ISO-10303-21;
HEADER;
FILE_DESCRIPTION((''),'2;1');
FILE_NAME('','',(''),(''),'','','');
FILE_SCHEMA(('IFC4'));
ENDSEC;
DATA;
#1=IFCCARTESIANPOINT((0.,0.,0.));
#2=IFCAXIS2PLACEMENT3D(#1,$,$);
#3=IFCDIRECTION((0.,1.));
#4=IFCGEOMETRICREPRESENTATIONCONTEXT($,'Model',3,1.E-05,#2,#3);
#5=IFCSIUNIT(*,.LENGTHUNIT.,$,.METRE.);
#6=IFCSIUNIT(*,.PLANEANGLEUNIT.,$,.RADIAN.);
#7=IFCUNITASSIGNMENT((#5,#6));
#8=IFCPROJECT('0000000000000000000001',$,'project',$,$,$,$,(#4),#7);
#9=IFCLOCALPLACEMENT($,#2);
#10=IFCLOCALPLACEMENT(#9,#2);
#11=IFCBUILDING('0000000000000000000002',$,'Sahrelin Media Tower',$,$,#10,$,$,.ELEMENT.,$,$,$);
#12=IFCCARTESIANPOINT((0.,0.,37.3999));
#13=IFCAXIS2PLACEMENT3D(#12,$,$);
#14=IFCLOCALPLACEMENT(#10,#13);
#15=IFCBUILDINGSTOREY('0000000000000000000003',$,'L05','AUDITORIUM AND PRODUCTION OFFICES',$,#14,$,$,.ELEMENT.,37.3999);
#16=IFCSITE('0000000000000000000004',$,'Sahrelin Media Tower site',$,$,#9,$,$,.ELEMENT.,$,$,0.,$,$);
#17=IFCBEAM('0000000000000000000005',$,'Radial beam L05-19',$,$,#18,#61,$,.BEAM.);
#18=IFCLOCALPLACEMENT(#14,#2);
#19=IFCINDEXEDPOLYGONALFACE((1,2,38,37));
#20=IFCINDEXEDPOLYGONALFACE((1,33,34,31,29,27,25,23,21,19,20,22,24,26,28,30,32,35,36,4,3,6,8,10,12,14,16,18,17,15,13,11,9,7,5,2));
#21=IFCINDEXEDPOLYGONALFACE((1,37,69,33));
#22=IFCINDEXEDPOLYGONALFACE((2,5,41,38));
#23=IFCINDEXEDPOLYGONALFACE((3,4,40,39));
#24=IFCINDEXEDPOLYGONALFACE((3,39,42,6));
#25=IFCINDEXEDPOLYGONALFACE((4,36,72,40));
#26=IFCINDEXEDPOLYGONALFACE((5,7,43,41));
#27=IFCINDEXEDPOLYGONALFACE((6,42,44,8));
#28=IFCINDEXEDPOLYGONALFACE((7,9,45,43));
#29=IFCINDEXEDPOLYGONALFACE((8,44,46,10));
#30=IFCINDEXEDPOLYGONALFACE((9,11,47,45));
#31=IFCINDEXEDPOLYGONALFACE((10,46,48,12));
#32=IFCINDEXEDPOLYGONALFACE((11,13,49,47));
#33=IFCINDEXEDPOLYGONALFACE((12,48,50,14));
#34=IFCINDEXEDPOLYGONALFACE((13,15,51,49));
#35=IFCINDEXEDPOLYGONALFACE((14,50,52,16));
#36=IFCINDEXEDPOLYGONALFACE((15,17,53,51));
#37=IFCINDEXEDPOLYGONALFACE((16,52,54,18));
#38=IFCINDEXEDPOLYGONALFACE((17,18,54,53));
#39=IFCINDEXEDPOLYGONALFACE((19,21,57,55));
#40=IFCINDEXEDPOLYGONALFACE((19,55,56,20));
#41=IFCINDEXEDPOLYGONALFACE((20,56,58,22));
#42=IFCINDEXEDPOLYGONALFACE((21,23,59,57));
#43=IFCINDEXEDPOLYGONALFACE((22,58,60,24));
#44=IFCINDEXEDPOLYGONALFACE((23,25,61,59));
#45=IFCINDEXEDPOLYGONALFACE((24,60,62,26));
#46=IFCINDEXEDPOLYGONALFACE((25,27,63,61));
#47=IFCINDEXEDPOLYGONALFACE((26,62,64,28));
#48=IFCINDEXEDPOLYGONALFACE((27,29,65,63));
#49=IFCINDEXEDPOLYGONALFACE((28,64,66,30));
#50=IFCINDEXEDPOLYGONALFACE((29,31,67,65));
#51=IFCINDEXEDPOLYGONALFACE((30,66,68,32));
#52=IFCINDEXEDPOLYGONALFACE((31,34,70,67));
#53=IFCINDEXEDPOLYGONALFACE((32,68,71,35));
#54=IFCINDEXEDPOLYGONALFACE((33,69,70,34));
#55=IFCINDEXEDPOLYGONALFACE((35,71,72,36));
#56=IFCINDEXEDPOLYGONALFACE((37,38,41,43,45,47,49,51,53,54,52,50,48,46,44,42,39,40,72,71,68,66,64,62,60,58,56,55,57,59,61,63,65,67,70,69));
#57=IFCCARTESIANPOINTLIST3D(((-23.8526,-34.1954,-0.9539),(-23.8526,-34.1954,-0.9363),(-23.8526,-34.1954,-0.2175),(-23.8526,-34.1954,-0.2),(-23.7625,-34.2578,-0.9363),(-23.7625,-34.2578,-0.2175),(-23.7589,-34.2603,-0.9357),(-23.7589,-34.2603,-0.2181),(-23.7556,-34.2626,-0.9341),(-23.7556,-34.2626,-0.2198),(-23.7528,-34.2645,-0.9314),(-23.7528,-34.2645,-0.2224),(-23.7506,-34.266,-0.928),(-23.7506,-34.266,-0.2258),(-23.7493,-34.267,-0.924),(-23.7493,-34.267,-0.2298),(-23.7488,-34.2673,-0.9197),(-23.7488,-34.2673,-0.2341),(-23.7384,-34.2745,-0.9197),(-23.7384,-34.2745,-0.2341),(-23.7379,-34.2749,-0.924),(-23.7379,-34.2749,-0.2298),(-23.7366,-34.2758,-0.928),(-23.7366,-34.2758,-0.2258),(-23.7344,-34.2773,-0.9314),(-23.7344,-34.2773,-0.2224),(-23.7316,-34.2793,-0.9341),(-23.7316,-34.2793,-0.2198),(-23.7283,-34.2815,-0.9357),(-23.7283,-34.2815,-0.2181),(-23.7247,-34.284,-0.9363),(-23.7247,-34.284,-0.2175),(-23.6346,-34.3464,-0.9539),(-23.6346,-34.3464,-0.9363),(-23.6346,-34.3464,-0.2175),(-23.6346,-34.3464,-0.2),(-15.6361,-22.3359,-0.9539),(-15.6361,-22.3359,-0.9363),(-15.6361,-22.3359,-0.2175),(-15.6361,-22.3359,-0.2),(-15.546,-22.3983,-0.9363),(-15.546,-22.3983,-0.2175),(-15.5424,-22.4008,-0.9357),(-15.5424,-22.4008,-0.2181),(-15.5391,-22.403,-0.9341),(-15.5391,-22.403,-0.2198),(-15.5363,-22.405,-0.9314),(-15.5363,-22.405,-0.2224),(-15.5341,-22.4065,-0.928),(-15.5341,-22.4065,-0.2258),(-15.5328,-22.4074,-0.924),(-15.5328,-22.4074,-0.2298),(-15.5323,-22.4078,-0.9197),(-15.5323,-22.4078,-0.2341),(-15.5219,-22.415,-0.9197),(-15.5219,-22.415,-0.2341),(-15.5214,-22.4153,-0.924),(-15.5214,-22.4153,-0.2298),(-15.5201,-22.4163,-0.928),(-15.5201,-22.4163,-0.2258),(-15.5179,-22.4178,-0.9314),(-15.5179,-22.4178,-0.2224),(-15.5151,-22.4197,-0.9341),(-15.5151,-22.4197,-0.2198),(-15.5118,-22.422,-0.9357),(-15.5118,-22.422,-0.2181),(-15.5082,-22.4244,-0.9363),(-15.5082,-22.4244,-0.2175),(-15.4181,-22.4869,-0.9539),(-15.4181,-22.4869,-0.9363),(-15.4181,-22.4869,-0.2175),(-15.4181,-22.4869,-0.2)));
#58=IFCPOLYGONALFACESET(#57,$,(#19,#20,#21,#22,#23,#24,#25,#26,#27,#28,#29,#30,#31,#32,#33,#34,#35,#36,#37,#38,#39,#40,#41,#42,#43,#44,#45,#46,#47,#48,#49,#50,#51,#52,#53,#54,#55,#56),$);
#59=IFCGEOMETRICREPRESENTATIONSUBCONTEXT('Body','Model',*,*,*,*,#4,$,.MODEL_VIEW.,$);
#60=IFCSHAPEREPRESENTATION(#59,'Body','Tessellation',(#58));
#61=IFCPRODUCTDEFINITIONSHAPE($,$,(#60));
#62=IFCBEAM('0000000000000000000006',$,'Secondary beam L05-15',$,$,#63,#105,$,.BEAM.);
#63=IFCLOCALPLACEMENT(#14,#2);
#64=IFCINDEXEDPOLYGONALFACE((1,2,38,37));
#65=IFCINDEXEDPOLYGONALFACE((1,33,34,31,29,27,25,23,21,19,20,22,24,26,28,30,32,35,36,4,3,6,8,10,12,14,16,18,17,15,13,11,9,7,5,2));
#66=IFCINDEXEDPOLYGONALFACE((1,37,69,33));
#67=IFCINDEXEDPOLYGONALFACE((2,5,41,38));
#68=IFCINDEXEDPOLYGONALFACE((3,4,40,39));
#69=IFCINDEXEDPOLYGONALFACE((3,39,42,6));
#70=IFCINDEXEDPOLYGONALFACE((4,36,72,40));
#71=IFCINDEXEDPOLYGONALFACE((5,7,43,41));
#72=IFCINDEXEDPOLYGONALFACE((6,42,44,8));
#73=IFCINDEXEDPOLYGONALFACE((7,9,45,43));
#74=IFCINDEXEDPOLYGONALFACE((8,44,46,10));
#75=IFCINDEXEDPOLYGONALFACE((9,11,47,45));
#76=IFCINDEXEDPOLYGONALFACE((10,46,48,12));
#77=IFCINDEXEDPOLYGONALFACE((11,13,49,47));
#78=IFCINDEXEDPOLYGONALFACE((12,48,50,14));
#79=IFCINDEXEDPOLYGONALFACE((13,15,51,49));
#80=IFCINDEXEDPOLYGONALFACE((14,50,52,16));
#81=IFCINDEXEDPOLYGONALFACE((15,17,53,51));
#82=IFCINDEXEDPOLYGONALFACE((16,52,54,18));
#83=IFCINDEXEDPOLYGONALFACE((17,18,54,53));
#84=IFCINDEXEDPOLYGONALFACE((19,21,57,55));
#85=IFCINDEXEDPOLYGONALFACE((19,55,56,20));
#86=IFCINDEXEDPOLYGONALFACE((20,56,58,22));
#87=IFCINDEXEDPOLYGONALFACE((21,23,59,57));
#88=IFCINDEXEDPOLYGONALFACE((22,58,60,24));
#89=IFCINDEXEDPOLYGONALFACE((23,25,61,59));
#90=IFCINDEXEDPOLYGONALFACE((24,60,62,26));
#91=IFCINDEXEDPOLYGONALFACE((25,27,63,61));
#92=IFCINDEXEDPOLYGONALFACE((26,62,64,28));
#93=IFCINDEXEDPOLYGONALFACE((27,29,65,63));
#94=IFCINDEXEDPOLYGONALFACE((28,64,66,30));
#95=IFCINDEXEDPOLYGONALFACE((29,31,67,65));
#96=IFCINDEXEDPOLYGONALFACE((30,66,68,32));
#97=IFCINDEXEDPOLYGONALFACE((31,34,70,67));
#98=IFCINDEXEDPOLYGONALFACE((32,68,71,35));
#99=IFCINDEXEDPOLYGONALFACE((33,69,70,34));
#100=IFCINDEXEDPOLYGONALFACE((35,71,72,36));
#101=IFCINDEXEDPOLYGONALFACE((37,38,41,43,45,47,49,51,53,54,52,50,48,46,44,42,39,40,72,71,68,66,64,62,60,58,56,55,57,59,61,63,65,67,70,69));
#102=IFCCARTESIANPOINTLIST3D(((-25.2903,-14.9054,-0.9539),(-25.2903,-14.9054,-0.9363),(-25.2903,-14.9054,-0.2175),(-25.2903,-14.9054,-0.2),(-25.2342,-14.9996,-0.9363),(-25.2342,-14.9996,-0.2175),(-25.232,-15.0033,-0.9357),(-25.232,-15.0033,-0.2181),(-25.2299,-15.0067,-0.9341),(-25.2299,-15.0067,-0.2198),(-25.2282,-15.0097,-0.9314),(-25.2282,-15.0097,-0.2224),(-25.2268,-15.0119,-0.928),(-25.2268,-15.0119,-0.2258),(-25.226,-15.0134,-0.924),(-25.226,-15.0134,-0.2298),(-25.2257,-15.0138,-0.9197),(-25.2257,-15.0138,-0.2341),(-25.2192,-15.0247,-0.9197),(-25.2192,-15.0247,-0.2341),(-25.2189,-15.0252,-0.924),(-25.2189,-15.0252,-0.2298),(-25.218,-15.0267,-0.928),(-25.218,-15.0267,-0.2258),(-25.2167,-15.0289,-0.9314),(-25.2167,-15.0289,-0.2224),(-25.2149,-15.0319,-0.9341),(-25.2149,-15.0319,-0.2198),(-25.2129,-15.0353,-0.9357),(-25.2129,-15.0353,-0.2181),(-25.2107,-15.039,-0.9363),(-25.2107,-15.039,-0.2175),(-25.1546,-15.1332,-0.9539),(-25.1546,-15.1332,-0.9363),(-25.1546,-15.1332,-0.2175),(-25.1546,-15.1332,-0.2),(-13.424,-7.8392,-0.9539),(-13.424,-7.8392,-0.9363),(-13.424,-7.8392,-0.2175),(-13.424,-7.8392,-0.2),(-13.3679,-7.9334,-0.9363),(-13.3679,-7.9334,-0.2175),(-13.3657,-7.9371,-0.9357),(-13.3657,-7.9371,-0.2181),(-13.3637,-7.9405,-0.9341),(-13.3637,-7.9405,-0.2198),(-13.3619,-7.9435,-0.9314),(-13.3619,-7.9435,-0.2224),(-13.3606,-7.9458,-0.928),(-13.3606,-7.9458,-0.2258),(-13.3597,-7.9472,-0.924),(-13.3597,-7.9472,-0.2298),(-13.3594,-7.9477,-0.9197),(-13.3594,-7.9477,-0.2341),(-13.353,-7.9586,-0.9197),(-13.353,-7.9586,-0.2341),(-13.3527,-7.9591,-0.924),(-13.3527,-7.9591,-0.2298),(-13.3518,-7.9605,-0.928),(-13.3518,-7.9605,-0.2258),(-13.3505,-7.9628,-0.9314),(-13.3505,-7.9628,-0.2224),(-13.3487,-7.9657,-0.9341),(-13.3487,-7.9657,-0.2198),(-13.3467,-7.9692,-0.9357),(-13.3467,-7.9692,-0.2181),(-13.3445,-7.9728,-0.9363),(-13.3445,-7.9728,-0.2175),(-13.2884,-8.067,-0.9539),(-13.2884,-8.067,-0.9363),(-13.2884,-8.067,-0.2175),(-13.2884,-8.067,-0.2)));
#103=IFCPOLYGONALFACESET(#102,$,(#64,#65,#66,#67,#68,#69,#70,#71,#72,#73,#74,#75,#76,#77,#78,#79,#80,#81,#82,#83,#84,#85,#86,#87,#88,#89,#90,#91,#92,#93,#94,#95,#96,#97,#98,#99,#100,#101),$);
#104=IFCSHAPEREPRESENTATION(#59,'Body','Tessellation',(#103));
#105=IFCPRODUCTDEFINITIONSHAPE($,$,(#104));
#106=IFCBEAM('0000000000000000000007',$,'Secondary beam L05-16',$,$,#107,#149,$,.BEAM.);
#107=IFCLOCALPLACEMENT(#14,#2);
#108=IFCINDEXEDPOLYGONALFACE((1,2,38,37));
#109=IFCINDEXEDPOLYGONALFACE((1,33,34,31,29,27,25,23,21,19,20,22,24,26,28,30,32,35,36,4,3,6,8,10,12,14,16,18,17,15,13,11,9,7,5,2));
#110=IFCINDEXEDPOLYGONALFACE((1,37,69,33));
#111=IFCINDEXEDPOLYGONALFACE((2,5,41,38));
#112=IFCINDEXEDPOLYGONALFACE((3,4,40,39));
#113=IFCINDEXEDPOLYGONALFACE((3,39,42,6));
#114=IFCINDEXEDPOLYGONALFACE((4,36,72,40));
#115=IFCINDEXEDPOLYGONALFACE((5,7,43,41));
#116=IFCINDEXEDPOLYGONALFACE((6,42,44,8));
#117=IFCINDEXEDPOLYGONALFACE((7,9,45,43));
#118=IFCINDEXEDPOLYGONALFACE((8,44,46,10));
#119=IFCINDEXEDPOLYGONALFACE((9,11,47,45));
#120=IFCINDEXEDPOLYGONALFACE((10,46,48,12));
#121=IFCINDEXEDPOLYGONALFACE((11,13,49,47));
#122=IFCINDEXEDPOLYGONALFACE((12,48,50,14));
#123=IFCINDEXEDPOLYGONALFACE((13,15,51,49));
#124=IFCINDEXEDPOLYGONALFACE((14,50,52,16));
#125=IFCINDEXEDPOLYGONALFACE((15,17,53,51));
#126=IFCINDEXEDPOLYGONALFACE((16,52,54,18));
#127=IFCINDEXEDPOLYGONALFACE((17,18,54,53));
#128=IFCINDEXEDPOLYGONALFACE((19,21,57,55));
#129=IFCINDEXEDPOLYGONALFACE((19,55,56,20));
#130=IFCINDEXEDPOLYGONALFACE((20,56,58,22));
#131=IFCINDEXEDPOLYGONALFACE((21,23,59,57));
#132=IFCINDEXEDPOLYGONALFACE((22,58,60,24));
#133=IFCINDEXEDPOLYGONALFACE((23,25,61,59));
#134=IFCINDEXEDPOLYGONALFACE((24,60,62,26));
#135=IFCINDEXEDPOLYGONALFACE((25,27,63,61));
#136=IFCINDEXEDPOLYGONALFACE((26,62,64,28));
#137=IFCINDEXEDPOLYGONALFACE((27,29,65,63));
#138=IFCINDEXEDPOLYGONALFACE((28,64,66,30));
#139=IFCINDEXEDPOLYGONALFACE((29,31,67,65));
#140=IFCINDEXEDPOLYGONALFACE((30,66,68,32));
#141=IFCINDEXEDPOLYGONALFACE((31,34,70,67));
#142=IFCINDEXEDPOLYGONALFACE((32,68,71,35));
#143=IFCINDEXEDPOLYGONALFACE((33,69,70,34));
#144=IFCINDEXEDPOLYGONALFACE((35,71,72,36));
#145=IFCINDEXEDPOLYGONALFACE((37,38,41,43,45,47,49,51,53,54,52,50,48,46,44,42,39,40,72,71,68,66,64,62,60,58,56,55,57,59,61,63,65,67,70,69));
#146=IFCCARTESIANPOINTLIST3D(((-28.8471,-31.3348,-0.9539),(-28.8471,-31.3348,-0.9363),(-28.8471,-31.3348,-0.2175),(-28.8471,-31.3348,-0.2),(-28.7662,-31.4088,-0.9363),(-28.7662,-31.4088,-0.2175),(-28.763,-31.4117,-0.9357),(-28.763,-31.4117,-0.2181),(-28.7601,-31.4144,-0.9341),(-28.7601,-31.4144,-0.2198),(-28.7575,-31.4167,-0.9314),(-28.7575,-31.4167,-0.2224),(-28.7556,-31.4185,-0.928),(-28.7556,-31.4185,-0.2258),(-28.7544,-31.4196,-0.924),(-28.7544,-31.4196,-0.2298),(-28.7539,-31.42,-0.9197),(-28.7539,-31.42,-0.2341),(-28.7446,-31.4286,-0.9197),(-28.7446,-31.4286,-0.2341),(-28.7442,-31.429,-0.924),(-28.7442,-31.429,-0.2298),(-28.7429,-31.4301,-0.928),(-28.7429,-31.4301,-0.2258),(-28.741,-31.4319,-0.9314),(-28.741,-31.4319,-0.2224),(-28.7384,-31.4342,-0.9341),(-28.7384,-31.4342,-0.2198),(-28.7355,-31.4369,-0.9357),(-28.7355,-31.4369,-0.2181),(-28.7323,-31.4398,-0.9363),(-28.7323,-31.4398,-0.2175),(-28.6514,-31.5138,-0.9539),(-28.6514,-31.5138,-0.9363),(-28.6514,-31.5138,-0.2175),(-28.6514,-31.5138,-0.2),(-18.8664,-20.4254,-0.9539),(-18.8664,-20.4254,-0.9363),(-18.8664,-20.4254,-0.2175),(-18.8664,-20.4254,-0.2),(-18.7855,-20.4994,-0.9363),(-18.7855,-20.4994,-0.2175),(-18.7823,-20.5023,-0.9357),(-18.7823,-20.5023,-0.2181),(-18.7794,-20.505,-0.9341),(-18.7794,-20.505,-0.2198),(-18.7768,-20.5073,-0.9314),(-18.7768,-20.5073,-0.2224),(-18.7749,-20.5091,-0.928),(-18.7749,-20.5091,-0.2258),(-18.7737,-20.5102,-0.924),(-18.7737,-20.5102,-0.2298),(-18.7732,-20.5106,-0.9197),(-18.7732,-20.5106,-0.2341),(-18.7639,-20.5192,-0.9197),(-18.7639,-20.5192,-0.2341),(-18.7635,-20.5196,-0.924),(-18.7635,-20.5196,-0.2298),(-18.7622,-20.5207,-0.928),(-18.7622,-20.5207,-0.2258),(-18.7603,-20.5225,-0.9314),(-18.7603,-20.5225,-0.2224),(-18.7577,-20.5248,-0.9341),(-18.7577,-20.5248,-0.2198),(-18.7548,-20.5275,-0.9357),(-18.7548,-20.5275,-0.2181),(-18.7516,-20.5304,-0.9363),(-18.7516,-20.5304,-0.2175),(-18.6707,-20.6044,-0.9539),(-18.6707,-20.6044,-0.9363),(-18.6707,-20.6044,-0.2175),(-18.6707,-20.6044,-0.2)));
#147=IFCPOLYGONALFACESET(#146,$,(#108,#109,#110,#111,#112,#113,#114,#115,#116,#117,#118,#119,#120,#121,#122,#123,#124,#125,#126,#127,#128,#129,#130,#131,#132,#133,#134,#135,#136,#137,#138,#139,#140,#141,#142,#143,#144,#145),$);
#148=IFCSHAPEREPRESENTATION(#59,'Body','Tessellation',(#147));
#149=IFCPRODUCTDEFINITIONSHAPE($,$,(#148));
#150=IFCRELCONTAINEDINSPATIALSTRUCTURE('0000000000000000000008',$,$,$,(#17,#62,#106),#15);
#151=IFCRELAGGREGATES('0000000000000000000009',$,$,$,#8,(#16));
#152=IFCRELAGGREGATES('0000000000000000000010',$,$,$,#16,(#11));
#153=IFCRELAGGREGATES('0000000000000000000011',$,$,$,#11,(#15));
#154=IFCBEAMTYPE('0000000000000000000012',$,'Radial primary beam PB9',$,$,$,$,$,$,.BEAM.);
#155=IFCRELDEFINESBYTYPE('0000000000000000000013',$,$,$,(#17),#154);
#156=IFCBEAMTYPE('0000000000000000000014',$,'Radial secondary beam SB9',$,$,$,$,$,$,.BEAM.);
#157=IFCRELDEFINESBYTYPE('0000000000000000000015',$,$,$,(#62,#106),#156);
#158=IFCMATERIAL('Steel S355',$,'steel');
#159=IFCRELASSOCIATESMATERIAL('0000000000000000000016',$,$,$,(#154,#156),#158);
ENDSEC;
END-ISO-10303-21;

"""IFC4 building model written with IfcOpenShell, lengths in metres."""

from ifc_helpers import new_model, si_unit, direction, frame, origin, origin_2d, place, context, subcontext, project, spatial, i_section, extrude, material, material_profile, profile_set, type_object, element, save


model = new_model("IFC4")

# Units and contexts
model_context = context("Model", 3, precision=1e-05, world=origin(), true_north=direction((0.0, 1.0)))
body_context = subcontext(model_context, "Body", "Model", "MODEL_VIEW")
ifc_project = project(units=[si_unit("LENGTHUNIT", "METRE"), si_unit("PLANEANGLEUNIT", "RADIAN")], contexts=[model_context])

# Site, building, storey
site_placement = place(None, origin())
site = spatial("IfcSite", under=ifc_project, at=site_placement, Name="Sahrelin Media Tower site", CompositionType="ELEMENT", RefElevation=0.0)
building_placement = place(site_placement, origin())
building = spatial("IfcBuilding", under=site, at=building_placement, Name="Sahrelin Media Tower", CompositionType="ELEMENT")
storey_placement = place(building_placement, frame((0.0, 0.0, 37.3999)))
storey = spatial("IfcBuildingStorey", under=building, at=storey_placement, Name="L05", Description="AUDITORIUM AND PRODUCTION OFFICES", CompositionType="ELEMENT", Elevation=37.3999)

# Beams
ifc_material_1 = material(Name="Steel S355", Category="steel")
ifc_material_profile_1 = material_profile(ifc_material_1, i_section(OverallWidth=0.2651, OverallDepth=0.7539, WebThickness=0.0127, FlangeThickness=0.0176, FilletRadius=0.0166, at=origin_2d()), Name="UB 762x267x147")
ifc_profile_set_1 = profile_set([ifc_material_profile_1], Name="Steel S355")
beam_type_1 = type_object("IfcBeamType", Name="Radial primary beam PB9", PredefinedType="BEAM", material=ifc_profile_set_1)
beam_1_placement = place(storey_placement, frame((-15.5271, -22.4114, -0.5769), z_axis=(-0.569493, -0.821996, 0.0), x_axis=(0.821996, -0.569493, 0.0)))
element("IfcBeam", 1, at=beam_1_placement, inside=storey, type_object=beam_type_1, Name="Radial beam L05-19", PredefinedType="BEAM", context=body_context, shape_type="SweptSolid", body=[
    extrude(i_section(OverallWidth=0.2651, OverallDepth=0.7539, WebThickness=0.0127, FlangeThickness=0.0176, FilletRadius=0.0166, at=origin_2d()), origin(), (0.0, 0.0, 1.0), 14.4277),
])
ifc_material_profile_2 = material_profile(ifc_material_1, i_section(OverallWidth=0.2651, OverallDepth=0.7539, WebThickness=0.0127, FlangeThickness=0.0176, FilletRadius=0.0166, at=origin_2d()), Name="UB 762x267x147")
ifc_profile_set_2 = profile_set([ifc_material_profile_2], Name="Steel S355")
beam_type_2 = type_object("IfcBeamType", Name="Radial secondary beam SB9", PredefinedType="BEAM", material=ifc_profile_set_2)
beam_2_placement = place(storey_placement, frame((-13.3562, -7.9531, -0.5769), z_axis=(-0.859199, -0.511641, 0.0), x_axis=(0.511641, -0.859199, 0.0)))
element("IfcBeam", 2, at=beam_2_placement, inside=storey, type_object=beam_type_2, Name="Secondary beam L05-15", PredefinedType="BEAM", context=body_context, shape_type="SweptSolid", body=[
    extrude(i_section(OverallWidth=0.2651, OverallDepth=0.7539, WebThickness=0.0127, FlangeThickness=0.0176, FilletRadius=0.0166, at=origin_2d()), origin(), (0.0, 0.0, 1.0), 13.8108),
])
beam_3_placement = place(storey_placement, frame((-18.7686, -20.5149, -0.5769), z_axis=(-0.675004, -0.737814, 0.0), x_axis=(0.737814, -0.675004, 0.0)))
element("IfcBeam", 3, at=beam_3_placement, inside=storey, type_object=beam_type_2, Name="Secondary beam L05-16", PredefinedType="BEAM", context=body_context, shape_type="SweptSolid", body=[
    extrude(i_section(OverallWidth=0.2651, OverallDepth=0.7539, WebThickness=0.0127, FlangeThickness=0.0176, FilletRadius=0.0166, at=origin_2d()), origin(), (0.0, 0.0, 1.0), 14.7861),
])

save(model, "model.ifc")
